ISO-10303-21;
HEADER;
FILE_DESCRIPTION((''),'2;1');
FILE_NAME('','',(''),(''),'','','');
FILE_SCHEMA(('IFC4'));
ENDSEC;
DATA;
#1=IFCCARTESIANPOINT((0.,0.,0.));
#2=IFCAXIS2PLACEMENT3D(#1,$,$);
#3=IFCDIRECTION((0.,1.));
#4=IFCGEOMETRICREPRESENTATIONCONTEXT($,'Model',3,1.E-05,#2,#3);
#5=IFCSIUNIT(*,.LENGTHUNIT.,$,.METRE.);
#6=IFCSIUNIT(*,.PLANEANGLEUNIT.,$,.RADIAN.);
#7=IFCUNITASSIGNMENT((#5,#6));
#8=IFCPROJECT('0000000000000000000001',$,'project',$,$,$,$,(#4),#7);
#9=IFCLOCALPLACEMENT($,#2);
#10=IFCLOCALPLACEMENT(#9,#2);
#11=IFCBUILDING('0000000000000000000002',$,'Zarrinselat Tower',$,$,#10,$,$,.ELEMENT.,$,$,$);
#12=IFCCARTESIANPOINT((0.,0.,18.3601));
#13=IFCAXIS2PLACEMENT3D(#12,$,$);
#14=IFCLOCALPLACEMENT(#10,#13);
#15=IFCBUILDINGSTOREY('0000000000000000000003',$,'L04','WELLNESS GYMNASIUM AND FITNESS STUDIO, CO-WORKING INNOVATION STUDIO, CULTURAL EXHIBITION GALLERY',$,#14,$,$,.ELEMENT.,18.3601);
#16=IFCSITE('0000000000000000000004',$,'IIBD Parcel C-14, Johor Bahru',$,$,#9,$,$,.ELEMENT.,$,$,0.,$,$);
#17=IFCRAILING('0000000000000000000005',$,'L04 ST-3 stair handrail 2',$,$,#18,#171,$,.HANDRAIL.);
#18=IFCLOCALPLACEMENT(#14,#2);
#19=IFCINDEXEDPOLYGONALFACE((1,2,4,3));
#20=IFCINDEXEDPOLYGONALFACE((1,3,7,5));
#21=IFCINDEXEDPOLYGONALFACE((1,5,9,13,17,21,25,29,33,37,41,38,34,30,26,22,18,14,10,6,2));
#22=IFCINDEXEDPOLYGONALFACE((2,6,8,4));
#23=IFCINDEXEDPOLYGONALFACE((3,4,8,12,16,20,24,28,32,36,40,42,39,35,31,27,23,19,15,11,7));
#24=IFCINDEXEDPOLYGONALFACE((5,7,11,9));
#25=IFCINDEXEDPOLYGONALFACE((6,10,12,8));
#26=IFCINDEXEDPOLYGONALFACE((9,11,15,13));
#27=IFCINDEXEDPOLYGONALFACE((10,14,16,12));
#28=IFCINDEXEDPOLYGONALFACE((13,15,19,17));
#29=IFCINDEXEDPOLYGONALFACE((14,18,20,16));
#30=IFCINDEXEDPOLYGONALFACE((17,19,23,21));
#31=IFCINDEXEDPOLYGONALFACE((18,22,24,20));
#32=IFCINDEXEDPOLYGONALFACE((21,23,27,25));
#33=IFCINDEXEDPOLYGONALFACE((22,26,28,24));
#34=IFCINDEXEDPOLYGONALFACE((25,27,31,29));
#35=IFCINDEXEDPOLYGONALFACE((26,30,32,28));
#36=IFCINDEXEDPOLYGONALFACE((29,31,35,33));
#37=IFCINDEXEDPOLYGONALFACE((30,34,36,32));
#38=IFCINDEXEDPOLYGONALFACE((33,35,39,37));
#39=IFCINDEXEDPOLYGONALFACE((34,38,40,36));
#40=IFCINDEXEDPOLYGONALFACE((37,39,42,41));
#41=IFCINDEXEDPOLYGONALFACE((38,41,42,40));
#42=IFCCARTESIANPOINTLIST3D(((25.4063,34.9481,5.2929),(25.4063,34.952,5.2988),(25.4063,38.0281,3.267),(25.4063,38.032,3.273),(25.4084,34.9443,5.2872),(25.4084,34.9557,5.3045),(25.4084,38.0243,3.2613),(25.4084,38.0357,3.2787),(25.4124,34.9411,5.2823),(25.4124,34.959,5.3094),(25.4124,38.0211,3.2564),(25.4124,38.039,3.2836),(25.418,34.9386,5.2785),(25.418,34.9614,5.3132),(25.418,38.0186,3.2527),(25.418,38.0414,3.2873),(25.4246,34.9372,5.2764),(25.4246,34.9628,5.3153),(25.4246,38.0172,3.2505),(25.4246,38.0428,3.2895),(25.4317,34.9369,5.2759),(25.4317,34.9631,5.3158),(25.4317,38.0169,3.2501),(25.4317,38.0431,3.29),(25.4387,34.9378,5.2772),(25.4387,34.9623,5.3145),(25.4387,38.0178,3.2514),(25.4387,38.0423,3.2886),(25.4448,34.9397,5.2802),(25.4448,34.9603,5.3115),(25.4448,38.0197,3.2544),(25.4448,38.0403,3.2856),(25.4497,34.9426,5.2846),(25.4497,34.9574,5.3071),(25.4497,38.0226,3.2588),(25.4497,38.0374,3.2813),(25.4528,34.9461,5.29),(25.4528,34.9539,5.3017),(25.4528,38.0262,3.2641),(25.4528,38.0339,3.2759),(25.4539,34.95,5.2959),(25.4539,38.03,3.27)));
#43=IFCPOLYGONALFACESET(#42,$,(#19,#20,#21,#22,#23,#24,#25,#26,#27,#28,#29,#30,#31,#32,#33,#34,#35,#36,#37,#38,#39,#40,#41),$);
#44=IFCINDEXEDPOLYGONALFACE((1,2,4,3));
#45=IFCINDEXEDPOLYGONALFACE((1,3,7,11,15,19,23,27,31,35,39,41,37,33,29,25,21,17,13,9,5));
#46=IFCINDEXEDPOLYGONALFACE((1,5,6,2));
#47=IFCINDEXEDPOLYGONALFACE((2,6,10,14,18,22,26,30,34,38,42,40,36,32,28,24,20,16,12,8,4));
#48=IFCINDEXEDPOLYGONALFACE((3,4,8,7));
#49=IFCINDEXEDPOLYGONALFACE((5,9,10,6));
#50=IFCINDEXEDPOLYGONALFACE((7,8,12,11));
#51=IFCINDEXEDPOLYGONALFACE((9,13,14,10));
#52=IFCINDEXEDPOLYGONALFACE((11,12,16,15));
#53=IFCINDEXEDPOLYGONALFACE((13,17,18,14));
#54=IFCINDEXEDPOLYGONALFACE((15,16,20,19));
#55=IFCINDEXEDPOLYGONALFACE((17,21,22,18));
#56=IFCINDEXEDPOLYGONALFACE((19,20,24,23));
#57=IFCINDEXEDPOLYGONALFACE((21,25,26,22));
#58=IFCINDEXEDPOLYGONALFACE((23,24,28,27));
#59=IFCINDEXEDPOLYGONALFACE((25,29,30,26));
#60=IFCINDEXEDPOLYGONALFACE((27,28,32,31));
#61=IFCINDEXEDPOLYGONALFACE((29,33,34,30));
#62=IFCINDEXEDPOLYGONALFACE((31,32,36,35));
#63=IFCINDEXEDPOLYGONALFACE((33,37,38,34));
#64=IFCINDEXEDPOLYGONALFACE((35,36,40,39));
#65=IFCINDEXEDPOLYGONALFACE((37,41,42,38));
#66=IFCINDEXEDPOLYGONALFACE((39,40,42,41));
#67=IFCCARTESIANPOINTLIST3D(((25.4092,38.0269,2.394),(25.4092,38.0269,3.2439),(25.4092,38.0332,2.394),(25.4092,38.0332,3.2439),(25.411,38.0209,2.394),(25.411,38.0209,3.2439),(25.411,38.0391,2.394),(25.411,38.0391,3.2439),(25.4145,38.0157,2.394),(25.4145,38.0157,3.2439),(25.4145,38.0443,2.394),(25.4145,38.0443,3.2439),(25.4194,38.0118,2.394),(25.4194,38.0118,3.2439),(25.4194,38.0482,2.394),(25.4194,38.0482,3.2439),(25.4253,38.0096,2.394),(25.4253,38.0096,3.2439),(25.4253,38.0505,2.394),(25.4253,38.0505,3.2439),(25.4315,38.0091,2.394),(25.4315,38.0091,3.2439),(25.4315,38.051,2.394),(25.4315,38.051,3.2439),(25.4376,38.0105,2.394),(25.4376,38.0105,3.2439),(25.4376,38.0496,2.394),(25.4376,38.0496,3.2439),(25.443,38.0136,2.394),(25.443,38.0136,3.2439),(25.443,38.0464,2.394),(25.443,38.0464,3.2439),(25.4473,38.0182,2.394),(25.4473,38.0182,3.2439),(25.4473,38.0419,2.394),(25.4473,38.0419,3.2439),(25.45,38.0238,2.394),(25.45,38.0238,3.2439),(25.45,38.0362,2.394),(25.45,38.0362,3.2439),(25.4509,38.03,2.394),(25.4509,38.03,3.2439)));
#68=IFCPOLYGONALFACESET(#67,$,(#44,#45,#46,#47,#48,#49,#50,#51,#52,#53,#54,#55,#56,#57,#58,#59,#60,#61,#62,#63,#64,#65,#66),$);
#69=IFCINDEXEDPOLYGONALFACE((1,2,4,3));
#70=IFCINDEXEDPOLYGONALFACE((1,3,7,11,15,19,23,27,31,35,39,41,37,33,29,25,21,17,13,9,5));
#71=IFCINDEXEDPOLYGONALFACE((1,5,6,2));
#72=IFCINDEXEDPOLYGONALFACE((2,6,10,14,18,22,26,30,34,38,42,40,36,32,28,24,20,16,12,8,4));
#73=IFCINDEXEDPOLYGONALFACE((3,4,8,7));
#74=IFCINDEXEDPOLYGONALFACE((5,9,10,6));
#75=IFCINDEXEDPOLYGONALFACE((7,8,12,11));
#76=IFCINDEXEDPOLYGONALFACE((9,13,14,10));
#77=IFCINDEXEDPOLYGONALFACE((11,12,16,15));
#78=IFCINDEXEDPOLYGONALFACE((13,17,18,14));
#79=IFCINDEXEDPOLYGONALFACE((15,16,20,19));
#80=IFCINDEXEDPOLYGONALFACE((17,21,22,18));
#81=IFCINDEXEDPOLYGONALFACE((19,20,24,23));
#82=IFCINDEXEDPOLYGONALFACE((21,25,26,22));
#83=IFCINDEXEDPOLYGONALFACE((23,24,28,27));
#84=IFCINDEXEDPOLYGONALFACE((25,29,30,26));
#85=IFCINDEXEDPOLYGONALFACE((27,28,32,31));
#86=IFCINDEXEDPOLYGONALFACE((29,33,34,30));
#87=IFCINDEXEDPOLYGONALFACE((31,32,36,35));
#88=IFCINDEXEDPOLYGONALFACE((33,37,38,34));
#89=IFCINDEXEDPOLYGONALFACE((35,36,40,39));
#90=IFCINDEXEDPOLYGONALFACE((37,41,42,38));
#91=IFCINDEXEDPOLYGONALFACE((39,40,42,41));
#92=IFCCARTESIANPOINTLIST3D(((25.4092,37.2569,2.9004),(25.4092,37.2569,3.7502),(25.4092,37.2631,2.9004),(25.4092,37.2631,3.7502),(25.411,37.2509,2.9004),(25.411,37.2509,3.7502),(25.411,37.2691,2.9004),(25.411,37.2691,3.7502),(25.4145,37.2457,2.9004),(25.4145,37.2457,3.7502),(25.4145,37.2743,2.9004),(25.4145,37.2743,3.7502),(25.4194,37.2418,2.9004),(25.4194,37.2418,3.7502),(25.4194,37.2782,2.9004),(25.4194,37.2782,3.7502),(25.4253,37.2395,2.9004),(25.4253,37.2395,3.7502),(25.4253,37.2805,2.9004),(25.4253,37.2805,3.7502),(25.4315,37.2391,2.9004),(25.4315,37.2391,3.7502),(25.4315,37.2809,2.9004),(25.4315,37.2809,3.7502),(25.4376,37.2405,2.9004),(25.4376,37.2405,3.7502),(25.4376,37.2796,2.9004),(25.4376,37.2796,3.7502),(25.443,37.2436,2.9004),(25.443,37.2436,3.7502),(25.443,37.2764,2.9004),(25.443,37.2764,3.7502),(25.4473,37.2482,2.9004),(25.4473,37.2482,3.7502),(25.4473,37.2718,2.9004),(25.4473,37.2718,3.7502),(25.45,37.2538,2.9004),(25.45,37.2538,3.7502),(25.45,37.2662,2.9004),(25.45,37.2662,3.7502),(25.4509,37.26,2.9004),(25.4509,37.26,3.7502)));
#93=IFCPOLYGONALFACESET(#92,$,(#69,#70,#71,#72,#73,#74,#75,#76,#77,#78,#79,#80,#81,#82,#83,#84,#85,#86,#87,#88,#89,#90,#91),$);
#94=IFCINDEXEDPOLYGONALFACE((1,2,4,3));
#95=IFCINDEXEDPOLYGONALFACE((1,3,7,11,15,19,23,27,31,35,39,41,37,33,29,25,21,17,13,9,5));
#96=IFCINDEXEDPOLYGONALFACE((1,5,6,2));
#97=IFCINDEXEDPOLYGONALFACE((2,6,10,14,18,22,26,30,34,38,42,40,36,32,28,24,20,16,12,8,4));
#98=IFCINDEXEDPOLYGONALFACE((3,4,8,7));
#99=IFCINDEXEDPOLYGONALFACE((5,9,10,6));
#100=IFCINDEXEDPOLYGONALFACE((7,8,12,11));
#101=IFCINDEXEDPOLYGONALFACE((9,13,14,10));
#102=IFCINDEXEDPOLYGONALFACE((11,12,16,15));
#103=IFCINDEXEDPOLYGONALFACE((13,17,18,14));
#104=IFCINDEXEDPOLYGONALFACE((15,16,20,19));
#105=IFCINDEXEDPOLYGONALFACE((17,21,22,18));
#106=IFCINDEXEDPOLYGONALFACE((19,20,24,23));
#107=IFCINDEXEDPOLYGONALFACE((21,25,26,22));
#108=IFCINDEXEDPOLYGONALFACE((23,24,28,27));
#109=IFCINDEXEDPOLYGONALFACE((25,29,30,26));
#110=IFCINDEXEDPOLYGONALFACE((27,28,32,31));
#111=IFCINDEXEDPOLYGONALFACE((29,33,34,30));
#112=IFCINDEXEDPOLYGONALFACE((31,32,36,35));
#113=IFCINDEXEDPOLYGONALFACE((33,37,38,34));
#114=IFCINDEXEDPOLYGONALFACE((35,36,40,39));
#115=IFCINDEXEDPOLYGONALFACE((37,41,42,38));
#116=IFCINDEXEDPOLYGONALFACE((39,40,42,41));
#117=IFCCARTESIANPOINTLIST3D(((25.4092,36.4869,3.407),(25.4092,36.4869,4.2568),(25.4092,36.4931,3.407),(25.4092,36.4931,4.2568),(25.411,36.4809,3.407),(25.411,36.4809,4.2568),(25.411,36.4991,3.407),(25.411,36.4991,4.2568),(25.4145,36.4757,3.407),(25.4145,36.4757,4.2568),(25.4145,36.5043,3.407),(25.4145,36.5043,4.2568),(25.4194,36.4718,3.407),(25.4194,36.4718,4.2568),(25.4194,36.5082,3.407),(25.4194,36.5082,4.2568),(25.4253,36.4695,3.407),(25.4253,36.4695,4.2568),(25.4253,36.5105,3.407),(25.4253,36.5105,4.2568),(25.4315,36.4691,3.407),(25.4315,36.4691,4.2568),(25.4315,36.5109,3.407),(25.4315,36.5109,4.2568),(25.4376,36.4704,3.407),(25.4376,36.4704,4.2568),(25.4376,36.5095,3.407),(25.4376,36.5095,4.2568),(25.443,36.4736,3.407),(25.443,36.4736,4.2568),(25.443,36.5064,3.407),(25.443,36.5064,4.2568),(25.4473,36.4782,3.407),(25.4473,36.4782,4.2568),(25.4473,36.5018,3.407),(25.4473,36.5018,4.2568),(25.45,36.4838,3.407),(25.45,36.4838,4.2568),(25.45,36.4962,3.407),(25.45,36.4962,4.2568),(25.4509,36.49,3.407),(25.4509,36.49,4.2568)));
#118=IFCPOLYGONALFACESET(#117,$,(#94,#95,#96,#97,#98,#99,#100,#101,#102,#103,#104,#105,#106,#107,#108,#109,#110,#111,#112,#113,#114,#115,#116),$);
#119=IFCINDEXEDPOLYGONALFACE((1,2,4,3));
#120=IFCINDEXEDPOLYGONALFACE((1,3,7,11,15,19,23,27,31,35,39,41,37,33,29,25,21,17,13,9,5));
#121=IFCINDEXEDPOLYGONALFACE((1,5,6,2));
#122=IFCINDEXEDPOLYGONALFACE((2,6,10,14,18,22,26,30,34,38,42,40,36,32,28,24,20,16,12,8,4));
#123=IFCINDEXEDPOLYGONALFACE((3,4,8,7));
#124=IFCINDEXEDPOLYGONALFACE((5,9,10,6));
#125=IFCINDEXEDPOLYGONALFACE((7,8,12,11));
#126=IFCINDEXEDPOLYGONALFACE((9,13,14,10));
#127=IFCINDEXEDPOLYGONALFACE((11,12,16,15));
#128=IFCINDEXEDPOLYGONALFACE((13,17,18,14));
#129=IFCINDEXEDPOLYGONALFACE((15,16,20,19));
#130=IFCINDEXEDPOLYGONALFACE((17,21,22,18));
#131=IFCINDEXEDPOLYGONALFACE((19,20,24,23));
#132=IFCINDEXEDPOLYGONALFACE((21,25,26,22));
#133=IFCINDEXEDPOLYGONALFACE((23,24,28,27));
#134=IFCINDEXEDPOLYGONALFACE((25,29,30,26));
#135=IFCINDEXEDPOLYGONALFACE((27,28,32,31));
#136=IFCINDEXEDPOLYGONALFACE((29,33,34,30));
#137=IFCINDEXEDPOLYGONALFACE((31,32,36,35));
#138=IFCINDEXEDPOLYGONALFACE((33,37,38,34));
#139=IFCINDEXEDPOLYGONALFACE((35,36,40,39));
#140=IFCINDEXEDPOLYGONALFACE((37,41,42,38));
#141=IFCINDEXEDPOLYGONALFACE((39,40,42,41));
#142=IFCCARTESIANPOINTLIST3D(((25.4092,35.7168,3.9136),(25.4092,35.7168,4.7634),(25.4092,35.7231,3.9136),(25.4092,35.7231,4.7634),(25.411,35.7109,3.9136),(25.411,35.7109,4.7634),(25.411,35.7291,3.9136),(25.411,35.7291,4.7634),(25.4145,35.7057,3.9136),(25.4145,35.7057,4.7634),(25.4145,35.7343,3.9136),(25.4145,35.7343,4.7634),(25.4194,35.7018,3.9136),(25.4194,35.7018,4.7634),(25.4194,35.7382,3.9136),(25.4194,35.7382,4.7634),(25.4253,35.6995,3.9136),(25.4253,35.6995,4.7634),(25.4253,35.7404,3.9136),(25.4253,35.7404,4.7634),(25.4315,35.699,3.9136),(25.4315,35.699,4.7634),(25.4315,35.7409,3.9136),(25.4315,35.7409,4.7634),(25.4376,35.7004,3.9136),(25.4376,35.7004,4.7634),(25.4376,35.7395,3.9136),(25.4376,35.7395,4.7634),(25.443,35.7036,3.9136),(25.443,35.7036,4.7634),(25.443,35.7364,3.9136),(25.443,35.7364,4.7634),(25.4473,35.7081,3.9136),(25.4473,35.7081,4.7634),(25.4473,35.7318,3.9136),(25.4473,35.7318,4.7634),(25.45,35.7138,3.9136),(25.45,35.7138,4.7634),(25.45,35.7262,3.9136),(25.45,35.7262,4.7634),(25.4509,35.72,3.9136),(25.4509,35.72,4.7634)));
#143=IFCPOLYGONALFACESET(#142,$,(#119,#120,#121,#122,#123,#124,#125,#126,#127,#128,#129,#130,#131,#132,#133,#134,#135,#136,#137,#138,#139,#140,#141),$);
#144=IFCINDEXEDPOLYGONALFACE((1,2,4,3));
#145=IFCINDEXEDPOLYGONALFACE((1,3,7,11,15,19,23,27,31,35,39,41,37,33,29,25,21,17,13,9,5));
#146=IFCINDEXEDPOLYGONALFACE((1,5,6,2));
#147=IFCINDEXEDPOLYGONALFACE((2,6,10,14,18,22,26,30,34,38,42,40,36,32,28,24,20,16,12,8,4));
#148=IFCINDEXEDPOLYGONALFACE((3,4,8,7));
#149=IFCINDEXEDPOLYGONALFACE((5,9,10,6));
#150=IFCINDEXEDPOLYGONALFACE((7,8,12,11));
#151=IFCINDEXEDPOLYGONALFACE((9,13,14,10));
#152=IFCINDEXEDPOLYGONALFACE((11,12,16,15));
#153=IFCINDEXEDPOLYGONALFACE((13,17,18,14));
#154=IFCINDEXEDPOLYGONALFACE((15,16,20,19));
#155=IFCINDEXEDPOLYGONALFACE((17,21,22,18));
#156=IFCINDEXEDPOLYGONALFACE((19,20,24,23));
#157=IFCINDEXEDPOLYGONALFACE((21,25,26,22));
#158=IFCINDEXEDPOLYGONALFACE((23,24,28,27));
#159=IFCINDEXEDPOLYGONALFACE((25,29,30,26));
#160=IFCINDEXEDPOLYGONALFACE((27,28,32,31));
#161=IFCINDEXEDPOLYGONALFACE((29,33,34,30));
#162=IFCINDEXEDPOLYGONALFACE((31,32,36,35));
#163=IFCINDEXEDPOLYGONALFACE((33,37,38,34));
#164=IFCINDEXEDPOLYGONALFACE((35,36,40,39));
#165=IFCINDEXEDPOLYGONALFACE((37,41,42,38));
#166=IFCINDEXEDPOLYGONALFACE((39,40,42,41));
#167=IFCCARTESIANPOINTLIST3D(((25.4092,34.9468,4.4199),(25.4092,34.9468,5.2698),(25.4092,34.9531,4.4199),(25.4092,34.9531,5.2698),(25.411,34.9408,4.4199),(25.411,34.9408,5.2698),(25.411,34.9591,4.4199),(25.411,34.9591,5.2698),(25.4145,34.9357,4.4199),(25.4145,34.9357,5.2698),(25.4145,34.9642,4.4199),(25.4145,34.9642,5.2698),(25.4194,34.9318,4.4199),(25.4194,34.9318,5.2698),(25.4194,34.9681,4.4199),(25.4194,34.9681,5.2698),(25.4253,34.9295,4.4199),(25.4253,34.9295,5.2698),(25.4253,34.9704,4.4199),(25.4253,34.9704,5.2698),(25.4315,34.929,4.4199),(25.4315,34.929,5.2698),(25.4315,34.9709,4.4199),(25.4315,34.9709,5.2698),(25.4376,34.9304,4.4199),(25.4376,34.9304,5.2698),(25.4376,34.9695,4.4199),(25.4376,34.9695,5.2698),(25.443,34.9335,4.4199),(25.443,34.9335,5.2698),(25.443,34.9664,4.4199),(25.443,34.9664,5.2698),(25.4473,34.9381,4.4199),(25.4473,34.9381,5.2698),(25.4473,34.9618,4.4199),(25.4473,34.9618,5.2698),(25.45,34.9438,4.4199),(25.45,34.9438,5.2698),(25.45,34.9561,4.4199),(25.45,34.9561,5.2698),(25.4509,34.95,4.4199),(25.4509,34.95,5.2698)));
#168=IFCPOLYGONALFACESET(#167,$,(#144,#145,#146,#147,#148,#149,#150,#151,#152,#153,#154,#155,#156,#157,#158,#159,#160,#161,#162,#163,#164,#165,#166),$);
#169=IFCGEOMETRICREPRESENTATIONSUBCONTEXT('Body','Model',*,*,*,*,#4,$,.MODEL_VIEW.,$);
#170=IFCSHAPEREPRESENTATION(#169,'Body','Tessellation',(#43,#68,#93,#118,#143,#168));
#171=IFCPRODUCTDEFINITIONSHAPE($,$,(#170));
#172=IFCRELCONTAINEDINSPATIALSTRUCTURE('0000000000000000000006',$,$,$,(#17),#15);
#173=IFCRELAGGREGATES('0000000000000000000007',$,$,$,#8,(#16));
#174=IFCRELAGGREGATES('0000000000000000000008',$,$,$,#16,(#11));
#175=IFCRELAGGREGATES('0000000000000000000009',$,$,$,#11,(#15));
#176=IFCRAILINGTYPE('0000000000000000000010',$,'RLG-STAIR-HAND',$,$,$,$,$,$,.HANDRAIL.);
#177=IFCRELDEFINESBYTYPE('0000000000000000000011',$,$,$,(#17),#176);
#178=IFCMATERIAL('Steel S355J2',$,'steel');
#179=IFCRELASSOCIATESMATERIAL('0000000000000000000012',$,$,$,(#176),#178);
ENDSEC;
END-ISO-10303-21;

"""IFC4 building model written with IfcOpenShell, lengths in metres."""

from ifc_helpers import new_model, si_unit, direction, frame, origin, origin_2d, place, context, subcontext, project, spatial, circle, extrude, material, type_object, element, save


model = new_model("IFC4")

# Units and contexts
model_context = context("Model", 3, precision=1e-05, world=origin(), true_north=direction((0.0, 1.0)))
body_context = subcontext(model_context, "Body", "Model", "MODEL_VIEW")
ifc_project = project(units=[si_unit("LENGTHUNIT", "METRE"), si_unit("PLANEANGLEUNIT", "RADIAN")], contexts=[model_context])

# Site, building, storey
site_placement = place(None, origin())
site = spatial("IfcSite", under=ifc_project, at=site_placement, Name="IIBD Parcel C-14, Johor Bahru", CompositionType="ELEMENT", RefElevation=0.0)
building_placement = place(site_placement, origin())
building = spatial("IfcBuilding", under=site, at=building_placement, Name="Zarrinselat Tower", CompositionType="ELEMENT")
storey_placement = place(building_placement, frame((0.0, 0.0, 18.3601)))
storey = spatial("IfcBuildingStorey", under=building, at=storey_placement, Name="L04", Description="WELLNESS GYMNASIUM AND FITNESS STUDIO, CO-WORKING INNOVATION STUDIO, CULTURAL EXHIBITION GALLERY", CompositionType="ELEMENT", Elevation=18.3601)

# Railing
ifc_material_1 = material(Name="Steel S355J2", Category="steel")
railing_type_1 = type_object("IfcRailingType", Name="RLG-STAIR-HAND", PredefinedType="HANDRAIL", material=ifc_material_1)
railing_1_placement = place(storey_placement, frame((25.4299, 38.03, 2.394)))
element("IfcRailing", 1, at=railing_1_placement, inside=storey, type_object=railing_type_1, Name="L04 ST-3 stair handrail 2", PredefinedType="HANDRAIL", context=body_context, shape_type="SweptSolid", body=[
    extrude(circle(Radius=0.0239, at=origin_2d()), frame((0.0, 0.0, 0.876), z_axis=(0.0, -0.835478, 0.549524), x_axis=(1.0, 0.0, 0.0)), (0.0, 0.0, 1.0), 3.6865),
    extrude(circle(Radius=0.021, at=origin_2d()), origin(), (0.0, 0.0, 1.0), 0.8499),
    extrude(circle(Radius=0.021, at=origin_2d()), frame((0.0, -0.77, 0.5063)), (0.0, 0.0, 1.0), 0.8499),
    extrude(circle(Radius=0.021, at=origin_2d()), frame((0.0, -1.54, 1.0129)), (0.0, 0.0, 1.0), 0.8499),
    extrude(circle(Radius=0.021, at=origin_2d()), frame((0.0, -2.3101, 1.5195)), (0.0, 0.0, 1.0), 0.8499),
    extrude(circle(Radius=0.021, at=origin_2d()), frame((0.0, -3.0801, 2.0259)), (0.0, 0.0, 1.0), 0.8499),
])

save(model, "model.ifc")
